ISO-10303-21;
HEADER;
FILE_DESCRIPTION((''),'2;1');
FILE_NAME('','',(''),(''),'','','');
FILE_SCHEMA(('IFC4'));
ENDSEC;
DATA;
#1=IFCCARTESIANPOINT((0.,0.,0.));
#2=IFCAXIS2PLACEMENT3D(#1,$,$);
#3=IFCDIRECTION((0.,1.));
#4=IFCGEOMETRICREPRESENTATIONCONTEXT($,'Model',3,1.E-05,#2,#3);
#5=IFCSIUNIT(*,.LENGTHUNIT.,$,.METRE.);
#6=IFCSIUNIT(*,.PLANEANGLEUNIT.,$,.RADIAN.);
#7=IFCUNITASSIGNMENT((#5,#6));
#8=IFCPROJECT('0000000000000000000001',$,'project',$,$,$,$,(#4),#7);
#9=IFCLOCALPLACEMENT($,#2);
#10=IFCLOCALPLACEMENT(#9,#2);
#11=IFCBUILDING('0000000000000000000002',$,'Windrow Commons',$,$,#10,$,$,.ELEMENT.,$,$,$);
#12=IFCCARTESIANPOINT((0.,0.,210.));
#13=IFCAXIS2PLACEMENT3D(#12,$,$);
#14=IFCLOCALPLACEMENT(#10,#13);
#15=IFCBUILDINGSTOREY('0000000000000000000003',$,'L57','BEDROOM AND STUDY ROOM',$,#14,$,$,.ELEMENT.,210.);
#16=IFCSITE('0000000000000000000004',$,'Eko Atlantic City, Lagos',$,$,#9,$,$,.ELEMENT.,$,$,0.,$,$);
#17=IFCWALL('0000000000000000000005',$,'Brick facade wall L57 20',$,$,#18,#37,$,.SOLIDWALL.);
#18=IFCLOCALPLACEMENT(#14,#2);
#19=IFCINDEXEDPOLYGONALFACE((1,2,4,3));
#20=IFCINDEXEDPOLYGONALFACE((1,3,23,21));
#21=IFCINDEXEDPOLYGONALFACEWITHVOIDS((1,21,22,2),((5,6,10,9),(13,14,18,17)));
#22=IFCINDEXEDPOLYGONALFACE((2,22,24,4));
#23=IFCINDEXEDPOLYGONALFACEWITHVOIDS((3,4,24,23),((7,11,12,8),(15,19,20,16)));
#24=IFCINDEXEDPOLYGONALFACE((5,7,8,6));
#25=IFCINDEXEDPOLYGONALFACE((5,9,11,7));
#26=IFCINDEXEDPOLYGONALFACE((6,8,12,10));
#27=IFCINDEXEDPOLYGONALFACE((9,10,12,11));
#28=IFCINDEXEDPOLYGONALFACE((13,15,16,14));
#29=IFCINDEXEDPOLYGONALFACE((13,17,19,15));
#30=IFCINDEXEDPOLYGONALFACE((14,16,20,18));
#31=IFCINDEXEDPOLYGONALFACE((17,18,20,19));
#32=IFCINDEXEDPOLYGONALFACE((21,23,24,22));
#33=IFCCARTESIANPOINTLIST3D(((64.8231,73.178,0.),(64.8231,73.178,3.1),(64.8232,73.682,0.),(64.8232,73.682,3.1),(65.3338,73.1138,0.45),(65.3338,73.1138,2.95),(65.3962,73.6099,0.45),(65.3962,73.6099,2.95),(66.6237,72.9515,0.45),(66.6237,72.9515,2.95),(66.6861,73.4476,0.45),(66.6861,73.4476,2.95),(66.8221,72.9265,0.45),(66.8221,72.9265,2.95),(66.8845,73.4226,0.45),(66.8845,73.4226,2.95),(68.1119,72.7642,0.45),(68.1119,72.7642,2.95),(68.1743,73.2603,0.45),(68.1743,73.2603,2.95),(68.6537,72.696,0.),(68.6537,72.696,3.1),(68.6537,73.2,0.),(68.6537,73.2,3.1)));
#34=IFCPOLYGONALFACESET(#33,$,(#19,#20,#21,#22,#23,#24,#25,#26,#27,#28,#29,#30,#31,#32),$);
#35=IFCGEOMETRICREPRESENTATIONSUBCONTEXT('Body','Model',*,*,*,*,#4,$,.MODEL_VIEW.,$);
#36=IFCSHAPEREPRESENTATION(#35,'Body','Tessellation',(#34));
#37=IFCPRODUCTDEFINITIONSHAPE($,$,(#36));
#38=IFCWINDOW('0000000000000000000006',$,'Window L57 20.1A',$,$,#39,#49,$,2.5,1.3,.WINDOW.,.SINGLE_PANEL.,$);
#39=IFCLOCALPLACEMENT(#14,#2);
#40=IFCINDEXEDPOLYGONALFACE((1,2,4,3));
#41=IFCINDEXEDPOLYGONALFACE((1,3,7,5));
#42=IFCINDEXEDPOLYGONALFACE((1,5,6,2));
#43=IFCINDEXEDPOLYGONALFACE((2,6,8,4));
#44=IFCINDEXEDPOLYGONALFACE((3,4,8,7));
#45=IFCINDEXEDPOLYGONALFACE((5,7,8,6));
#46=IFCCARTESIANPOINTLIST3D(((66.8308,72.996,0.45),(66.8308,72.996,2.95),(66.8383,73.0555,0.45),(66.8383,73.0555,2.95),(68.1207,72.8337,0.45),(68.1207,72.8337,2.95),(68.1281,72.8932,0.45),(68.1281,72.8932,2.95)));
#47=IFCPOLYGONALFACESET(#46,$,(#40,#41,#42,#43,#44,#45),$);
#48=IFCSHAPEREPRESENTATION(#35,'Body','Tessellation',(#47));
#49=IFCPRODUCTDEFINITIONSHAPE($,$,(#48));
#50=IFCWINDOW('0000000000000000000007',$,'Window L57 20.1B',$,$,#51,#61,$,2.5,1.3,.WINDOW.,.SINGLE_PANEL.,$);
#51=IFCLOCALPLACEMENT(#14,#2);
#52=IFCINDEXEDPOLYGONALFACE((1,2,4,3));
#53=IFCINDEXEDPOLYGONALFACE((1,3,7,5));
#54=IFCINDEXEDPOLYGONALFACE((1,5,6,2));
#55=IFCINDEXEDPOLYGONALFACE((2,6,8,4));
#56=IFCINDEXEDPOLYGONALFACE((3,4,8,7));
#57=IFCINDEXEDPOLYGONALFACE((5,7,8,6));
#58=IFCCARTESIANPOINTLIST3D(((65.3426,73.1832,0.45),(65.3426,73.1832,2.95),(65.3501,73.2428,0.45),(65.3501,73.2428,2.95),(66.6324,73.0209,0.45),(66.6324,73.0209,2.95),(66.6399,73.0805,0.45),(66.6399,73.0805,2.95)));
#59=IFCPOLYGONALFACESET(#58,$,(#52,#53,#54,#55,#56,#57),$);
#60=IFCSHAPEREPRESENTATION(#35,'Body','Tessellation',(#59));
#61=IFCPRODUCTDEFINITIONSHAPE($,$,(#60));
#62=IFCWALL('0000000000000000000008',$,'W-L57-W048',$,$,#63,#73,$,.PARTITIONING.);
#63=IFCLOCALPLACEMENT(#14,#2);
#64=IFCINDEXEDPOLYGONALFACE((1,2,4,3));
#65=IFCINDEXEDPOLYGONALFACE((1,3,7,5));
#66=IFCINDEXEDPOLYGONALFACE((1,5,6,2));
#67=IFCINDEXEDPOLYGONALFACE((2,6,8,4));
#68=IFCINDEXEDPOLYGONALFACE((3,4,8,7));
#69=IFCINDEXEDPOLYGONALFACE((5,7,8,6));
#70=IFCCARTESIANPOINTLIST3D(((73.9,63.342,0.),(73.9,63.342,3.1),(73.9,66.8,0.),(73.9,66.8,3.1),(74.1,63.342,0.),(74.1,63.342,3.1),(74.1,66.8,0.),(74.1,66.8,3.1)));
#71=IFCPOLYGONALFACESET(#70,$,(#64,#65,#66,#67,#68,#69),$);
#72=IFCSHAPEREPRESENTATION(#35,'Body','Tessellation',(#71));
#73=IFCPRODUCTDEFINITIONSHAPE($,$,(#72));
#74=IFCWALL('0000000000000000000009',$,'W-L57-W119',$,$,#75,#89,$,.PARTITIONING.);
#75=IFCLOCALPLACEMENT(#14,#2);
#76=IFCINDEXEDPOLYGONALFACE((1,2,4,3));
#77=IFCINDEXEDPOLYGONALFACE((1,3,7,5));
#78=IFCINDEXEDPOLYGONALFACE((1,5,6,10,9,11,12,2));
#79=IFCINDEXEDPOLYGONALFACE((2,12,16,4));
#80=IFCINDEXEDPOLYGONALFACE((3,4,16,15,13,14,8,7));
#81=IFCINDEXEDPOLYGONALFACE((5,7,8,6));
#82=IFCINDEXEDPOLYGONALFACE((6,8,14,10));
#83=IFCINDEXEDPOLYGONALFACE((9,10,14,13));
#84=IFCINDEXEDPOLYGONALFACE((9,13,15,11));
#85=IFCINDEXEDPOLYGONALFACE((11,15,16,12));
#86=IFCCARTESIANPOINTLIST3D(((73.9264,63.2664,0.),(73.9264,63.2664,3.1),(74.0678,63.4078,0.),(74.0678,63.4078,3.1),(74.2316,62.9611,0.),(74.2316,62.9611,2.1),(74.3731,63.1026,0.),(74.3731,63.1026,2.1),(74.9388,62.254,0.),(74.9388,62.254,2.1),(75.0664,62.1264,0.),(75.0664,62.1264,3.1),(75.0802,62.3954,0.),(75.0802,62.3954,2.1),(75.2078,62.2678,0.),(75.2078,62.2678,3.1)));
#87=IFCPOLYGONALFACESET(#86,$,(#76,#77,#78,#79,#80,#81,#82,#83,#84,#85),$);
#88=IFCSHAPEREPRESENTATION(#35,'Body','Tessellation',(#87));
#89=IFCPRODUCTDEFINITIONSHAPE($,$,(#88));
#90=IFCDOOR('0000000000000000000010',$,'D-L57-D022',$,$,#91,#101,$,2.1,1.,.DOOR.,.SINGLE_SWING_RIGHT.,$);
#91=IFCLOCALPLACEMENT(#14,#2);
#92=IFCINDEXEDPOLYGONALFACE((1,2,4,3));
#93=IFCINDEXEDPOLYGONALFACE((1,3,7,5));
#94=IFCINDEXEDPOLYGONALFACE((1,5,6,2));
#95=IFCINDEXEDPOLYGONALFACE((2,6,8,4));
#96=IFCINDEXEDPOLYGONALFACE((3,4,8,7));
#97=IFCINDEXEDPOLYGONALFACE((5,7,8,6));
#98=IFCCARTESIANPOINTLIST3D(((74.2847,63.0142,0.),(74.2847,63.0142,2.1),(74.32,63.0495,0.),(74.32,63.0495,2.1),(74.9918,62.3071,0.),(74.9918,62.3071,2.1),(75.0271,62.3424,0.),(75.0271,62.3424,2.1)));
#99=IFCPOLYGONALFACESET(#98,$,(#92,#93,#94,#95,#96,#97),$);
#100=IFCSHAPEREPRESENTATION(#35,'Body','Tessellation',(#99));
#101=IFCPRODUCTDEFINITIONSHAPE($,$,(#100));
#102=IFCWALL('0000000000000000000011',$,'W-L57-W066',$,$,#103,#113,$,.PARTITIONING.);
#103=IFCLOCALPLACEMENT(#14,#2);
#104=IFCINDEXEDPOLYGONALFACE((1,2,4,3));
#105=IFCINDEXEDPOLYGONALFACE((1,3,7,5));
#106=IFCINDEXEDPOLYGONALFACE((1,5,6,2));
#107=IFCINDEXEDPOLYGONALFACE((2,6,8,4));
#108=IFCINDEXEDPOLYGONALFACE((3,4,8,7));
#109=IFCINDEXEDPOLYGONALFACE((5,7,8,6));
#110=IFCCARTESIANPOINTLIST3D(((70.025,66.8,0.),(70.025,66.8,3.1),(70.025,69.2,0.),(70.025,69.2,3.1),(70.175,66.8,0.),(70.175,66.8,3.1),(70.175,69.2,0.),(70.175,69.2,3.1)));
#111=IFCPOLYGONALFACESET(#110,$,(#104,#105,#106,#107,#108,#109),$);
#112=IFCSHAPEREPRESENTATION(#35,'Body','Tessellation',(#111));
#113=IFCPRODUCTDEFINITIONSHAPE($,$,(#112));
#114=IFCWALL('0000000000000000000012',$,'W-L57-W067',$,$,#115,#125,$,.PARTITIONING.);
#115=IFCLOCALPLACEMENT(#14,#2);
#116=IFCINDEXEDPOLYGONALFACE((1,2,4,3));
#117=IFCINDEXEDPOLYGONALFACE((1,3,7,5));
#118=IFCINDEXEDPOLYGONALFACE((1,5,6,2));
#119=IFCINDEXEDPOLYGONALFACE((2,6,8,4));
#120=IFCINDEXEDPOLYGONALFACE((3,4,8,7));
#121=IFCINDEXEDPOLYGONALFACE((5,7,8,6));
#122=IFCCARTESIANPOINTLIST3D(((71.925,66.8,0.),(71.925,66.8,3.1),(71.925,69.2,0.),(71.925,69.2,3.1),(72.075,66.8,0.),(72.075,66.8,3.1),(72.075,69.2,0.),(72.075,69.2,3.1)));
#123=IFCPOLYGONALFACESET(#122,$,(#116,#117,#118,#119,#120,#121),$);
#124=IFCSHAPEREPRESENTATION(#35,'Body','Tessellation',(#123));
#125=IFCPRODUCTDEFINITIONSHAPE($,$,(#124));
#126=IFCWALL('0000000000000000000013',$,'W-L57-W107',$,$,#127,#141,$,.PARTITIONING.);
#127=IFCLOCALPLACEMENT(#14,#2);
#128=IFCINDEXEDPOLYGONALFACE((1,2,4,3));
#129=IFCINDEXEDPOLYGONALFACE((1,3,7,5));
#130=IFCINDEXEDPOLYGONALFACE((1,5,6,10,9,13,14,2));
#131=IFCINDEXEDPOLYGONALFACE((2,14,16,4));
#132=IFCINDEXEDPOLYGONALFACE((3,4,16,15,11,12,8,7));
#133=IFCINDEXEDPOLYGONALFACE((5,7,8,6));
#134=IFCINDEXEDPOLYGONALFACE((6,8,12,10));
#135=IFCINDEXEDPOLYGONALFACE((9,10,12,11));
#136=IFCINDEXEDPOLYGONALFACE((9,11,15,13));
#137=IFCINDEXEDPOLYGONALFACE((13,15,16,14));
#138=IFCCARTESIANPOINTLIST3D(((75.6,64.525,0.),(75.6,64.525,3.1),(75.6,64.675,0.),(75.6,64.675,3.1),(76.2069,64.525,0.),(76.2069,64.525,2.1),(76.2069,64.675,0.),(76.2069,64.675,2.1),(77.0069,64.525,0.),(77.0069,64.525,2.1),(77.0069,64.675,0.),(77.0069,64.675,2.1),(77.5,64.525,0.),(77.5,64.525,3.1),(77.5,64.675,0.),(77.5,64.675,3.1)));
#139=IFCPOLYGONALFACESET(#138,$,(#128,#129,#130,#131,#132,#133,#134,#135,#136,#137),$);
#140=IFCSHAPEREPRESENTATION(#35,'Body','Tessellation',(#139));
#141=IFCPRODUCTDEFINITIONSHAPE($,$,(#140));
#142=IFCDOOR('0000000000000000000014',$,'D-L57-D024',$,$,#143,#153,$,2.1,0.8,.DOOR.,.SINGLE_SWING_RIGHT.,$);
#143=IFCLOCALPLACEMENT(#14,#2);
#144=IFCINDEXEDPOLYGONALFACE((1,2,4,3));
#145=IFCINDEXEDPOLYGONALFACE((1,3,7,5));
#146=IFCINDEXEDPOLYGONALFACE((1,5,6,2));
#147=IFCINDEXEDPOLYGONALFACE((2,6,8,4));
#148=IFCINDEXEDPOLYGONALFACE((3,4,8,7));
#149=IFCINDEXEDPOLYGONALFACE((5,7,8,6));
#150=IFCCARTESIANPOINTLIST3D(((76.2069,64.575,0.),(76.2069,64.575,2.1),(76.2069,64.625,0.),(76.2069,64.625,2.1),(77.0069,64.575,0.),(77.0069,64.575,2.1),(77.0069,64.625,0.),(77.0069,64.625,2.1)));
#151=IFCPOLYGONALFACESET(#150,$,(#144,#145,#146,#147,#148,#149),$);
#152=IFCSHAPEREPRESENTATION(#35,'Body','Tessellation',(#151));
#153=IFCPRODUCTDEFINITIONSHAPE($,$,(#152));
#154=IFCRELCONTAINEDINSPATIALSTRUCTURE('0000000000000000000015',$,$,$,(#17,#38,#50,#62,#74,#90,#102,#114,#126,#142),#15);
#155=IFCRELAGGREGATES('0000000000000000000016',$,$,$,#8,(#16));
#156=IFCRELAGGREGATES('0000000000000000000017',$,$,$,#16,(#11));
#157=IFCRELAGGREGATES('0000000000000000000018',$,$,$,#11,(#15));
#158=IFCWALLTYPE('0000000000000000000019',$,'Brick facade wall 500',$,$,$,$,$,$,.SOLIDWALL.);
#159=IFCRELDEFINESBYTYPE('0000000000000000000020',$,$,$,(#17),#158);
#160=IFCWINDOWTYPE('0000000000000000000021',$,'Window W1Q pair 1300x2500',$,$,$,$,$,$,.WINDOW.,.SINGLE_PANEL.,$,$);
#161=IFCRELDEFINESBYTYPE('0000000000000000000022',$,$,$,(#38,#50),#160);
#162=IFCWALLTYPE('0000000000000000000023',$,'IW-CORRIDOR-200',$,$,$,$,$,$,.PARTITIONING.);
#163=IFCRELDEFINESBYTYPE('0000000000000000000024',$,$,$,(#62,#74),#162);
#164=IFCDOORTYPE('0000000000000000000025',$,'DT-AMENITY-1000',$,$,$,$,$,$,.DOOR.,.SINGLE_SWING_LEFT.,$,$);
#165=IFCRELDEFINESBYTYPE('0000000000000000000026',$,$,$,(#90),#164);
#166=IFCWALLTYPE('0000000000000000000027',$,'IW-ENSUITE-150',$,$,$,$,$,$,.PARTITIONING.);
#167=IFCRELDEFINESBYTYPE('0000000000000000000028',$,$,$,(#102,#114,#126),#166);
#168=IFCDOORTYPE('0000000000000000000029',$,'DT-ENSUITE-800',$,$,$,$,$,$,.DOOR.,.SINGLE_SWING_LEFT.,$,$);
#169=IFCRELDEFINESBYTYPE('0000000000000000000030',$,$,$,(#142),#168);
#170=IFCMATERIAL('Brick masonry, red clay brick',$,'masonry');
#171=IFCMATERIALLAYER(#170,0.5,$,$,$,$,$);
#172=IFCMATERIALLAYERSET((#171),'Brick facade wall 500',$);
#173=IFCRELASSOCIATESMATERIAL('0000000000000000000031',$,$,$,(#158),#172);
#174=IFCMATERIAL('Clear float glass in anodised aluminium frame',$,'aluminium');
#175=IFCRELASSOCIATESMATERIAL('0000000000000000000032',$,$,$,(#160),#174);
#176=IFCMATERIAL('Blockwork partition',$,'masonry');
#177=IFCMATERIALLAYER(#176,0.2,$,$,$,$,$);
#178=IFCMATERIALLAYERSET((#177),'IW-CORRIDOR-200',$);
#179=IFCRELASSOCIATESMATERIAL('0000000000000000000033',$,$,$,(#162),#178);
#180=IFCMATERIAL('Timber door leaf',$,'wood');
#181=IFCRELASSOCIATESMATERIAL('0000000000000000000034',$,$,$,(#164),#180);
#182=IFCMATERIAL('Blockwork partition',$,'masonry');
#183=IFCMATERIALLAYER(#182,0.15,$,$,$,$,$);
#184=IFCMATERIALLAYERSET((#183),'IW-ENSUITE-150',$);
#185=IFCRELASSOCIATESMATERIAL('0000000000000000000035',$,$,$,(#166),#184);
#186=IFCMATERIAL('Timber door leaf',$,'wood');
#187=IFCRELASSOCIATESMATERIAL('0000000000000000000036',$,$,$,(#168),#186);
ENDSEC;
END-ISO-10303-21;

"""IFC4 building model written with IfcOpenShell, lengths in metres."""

from ifc_helpers import new_model, si_unit, direction, frame, frame_2d, origin, place, context, subcontext, project, spatial, polyline, rectangle, outline, extrude, material, layer, layer_set, type_object, element, fill, save


model = new_model("IFC4")

# Units and contexts
model_context = context("Model", 3, precision=1e-05, world=origin(), true_north=direction((0.0, 1.0)))
body_context = subcontext(model_context, "Body", "Model", "MODEL_VIEW")
ifc_project = project(units=[si_unit("LENGTHUNIT", "METRE"), si_unit("PLANEANGLEUNIT", "RADIAN")], contexts=[model_context])

# Site, building, storey
site_placement = place(None, origin())
site = spatial("IfcSite", under=ifc_project, at=site_placement, Name="Eko Atlantic City, Lagos", CompositionType="ELEMENT", RefElevation=0.0)
building_placement = place(site_placement, origin())
building = spatial("IfcBuilding", under=site, at=building_placement, Name="Windrow Commons", CompositionType="ELEMENT")
storey_placement = place(building_placement, frame((0.0, 0.0, 210.0)))
storey = spatial("IfcBuildingStorey", under=building, at=storey_placement, Name="L57", Description="BEDROOM AND STUDY ROOM", CompositionType="ELEMENT", Elevation=210.0)

# Shared definitions
ifc_material_1 = material(Name="Brick masonry, red clay brick", Category="masonry")
ifc_layer_1 = layer(ifc_material_1, 0.5)
ifc_layer_set_1 = layer_set([ifc_layer_1], Name="Brick facade wall 500")
wall_type_1 = type_object("IfcWallType", Name="Brick facade wall 500", PredefinedType="SOLIDWALL", material=ifc_layer_set_1)

# Wall, openings, windows
ifc_material_2 = material(Name="Clear float glass in anodised aluminium frame", Category="aluminium")
window_type_1 = type_object("IfcWindowType", Name="Window W1Q pair 1300x2500", PartitioningType="SINGLE_PANEL", PredefinedType="WINDOW", material=ifc_material_2)
wall_1_placement = place(storey_placement, frame((68.6537, 72.948, 0.0), z_axis=(0.0, 0.0, 1.0), x_axis=(-0.992176, 0.124848, 0.0)))
wall_1 = element("IfcWall", 1, at=wall_1_placement, inside=storey, type_object=wall_type_1, Name="Brick facade wall L57 20", PredefinedType="SOLIDWALL", context=body_context, shape_type="SweptSolid", body=[
    extrude(outline(polyline([(0.0315, -0.25), (3.8922, -0.25), (3.8293, 0.25), (-0.0315, 0.25), (0.0315, -0.25)])), origin(), (0.0, 0.0, 1.0), 3.1),
])
opening_1_placement = place(wall_1_placement, frame((0.5146, 0.0, 0.45)))
opening_1 = element("IfcOpeningElement", 2, at=opening_1_placement, cuts=wall_1, PredefinedType="OPENING", context=body_context, shape_type="SweptSolid", body=[
    extrude(rectangle(XDim=1.3, YDim=2.5, at=frame_2d((0.65, 1.25))), frame((0.0, 0.26, 0.0), z_axis=(0.0, -1.0, 0.0), x_axis=(1.0, 0.0, 0.0)), (0.0, 0.0, 1.0), 0.52),
])
opening_2_placement = place(wall_1_placement, frame((2.0146, 0.0, 0.45)))
opening_2 = element("IfcOpeningElement", 3, at=opening_2_placement, cuts=wall_1, PredefinedType="OPENING", context=body_context, shape_type="SweptSolid", body=[
    extrude(rectangle(XDim=1.3, YDim=2.5, at=frame_2d((0.65, 1.25))), frame((0.0, 0.26, 0.0), z_axis=(0.0, -1.0, 0.0), x_axis=(1.0, 0.0, 0.0)), (0.0, 0.0, 1.0), 0.52),
])
window_1_placement = place(opening_1_placement, origin())
window_1 = element("IfcWindow", 4, at=window_1_placement, inside=storey, type_object=window_type_1, Name="Window L57 20.1A", OverallHeight=2.5, OverallWidth=1.3, PartitioningType="SINGLE_PANEL", PredefinedType="WINDOW", context=body_context, shape_type="SweptSolid", body=[
    extrude(rectangle(XDim=1.3, YDim=2.5, at=frame_2d((0.65, 1.25))), frame((0.0, 0.18, 0.0), z_axis=(0.0, -1.0, 0.0), x_axis=(1.0, 0.0, 0.0)), (0.0, 0.0, 1.0), 0.06),
])
fill(opening_1, window_1)
window_2_placement = place(opening_2_placement, origin())
window_2 = element("IfcWindow", 5, at=window_2_placement, inside=storey, type_object=window_type_1, Name="Window L57 20.1B", OverallHeight=2.5, OverallWidth=1.3, PartitioningType="SINGLE_PANEL", PredefinedType="WINDOW", context=body_context, shape_type="SweptSolid", body=[
    extrude(rectangle(XDim=1.3, YDim=2.5, at=frame_2d((0.65, 1.25))), frame((0.0, 0.18, 0.0), z_axis=(0.0, -1.0, 0.0), x_axis=(1.0, 0.0, 0.0)), (0.0, 0.0, 1.0), 0.06),
])
fill(opening_2, window_2)

# Wall
ifc_material_3 = material(Name="Blockwork partition", Category="masonry")
ifc_layer_2 = layer(ifc_material_3, 0.2)
ifc_layer_set_2 = layer_set([ifc_layer_2], Name="IW-CORRIDOR-200")
wall_type_2 = type_object("IfcWallType", Name="IW-CORRIDOR-200", PredefinedType="PARTITIONING", material=ifc_layer_set_2)
wall_2_placement = place(storey_placement, frame((74.0, 63.342, 0.0), z_axis=(0.0, 0.0, 1.0), x_axis=(0.0, 1.0, 0.0)))
element("IfcWall", 6, at=wall_2_placement, inside=storey, type_object=wall_type_2, Name="W-L57-W048", PredefinedType="PARTITIONING", context=body_context, shape_type="SweptSolid", body=[
    extrude(rectangle(XDim=3.458, YDim=0.2, at=frame_2d((1.729, 0.0))), origin(), (0.0, 0.0, 1.0), 3.1),
])

# Wall, opening, door
wall_3_placement = place(storey_placement, frame((73.9971, 63.3371, 0.0), z_axis=(0.0, 0.0, 1.0), x_axis=(0.707107, -0.707107, 0.0)))
wall_3 = element("IfcWall", 7, at=wall_3_placement, inside=storey, type_object=wall_type_2, Name="W-L57-W119", PredefinedType="PARTITIONING", context=body_context, shape_type="SweptSolid", body=[
    extrude(rectangle(XDim=1.6122, YDim=0.2, at=frame_2d((0.8061, 0.0))), origin(), (0.0, 0.0, 1.0), 3.1),
])
opening_3_placement = place(wall_3_placement, frame((0.4317, 0.0, 0.0)))
opening_3 = element("IfcOpeningElement", 8, at=opening_3_placement, cuts=wall_3, PredefinedType="OPENING", context=body_context, shape_type="SweptSolid", body=[
    extrude(rectangle(XDim=1.0, YDim=2.1, at=frame_2d((0.5, 1.05))), frame((0.0, 0.11, 0.0), z_axis=(0.0, -1.0, 0.0), x_axis=(1.0, 0.0, 0.0)), (0.0, 0.0, 1.0), 0.22),
])
ifc_material_4 = material(Name="Timber door leaf", Category="wood")
door_type_1 = type_object("IfcDoorType", Name="DT-AMENITY-1000", OperationType="SINGLE_SWING_LEFT", PredefinedType="DOOR", material=ifc_material_4)
door_1_placement = place(opening_3_placement, origin())
door_1 = element("IfcDoor", 9, at=door_1_placement, inside=storey, type_object=door_type_1, Name="D-L57-D022", OperationType="SINGLE_SWING_RIGHT", OverallHeight=2.1, OverallWidth=1.0, PredefinedType="DOOR", context=body_context, shape_type="SweptSolid", body=[
    extrude(rectangle(XDim=1.0, YDim=2.1, at=frame_2d((0.5, 1.05))), frame((0.0, 0.025, 0.0), z_axis=(0.0, -1.0, 0.0), x_axis=(1.0, 0.0, 0.0)), (0.0, 0.0, 1.0), 0.05),
])
fill(opening_3, door_1)

# Walls
ifc_material_5 = material(Name="Blockwork partition", Category="masonry")
ifc_layer_3 = layer(ifc_material_5, 0.15)
ifc_layer_set_3 = layer_set([ifc_layer_3], Name="IW-ENSUITE-150")
wall_type_3 = type_object("IfcWallType", Name="IW-ENSUITE-150", PredefinedType="PARTITIONING", material=ifc_layer_set_3)
for number, where, z_axis, x_axis, name in (
    (10, (70.1, 66.8, 0.0), (0.0, 0.0, 1.0), (0.0, 1.0, 0.0), "W-L57-W066"),
    (11, (72.0, 66.8, 0.0), (0.0, 0.0, 1.0), (0.0, 1.0, 0.0), "W-L57-W067"),
):
    element("IfcWall", number, at=place(storey_placement, frame(where, z_axis=z_axis, x_axis=x_axis)), inside=storey, type_object=wall_type_3, Name=name, PredefinedType="PARTITIONING", context=body_context, shape_type="SweptSolid", body=[
        extrude(rectangle(XDim=2.4, YDim=0.15, at=frame_2d((1.2, 0.0))), origin(), (0.0, 0.0, 1.0), 3.1),
    ])

# Wall, opening, door
wall_4_placement = place(storey_placement, frame((75.6, 64.6, 0.0), z_axis=(0.0, 0.0, 1.0), x_axis=(1.0, 0.0, 0.0)))
wall_4 = element("IfcWall", 12, at=wall_4_placement, inside=storey, type_object=wall_type_3, Name="W-L57-W107", PredefinedType="PARTITIONING", context=body_context, shape_type="SweptSolid", body=[
    extrude(rectangle(XDim=1.9, YDim=0.15, at=frame_2d((0.95, 0.0))), origin(), (0.0, 0.0, 1.0), 3.1),
])
opening_4_placement = place(wall_4_placement, frame((0.6069, 0.0, 0.0)))
opening_4 = element("IfcOpeningElement", 13, at=opening_4_placement, cuts=wall_4, PredefinedType="OPENING", context=body_context, shape_type="SweptSolid", body=[
    extrude(rectangle(XDim=0.8, YDim=2.1, at=frame_2d((0.4, 1.05))), frame((0.0, 0.085, 0.0), z_axis=(0.0, -1.0, 0.0), x_axis=(1.0, 0.0, 0.0)), (0.0, 0.0, 1.0), 0.17),
])
ifc_material_6 = material(Name="Timber door leaf", Category="wood")
door_type_2 = type_object("IfcDoorType", Name="DT-ENSUITE-800", OperationType="SINGLE_SWING_LEFT", PredefinedType="DOOR", material=ifc_material_6)
door_2_placement = place(opening_4_placement, origin())
door_2 = element("IfcDoor", 14, at=door_2_placement, inside=storey, type_object=door_type_2, Name="D-L57-D024", OperationType="SINGLE_SWING_RIGHT", OverallHeight=2.1, OverallWidth=0.8, PredefinedType="DOOR", context=body_context, shape_type="SweptSolid", body=[
    extrude(rectangle(XDim=0.8, YDim=2.1, at=frame_2d((0.4, 1.05))), frame((0.0, 0.025, 0.0), z_axis=(0.0, -1.0, 0.0), x_axis=(1.0, 0.0, 0.0)), (0.0, 0.0, 1.0), 0.05),
])
fill(opening_4, door_2)

save(model, "model.ifc")
